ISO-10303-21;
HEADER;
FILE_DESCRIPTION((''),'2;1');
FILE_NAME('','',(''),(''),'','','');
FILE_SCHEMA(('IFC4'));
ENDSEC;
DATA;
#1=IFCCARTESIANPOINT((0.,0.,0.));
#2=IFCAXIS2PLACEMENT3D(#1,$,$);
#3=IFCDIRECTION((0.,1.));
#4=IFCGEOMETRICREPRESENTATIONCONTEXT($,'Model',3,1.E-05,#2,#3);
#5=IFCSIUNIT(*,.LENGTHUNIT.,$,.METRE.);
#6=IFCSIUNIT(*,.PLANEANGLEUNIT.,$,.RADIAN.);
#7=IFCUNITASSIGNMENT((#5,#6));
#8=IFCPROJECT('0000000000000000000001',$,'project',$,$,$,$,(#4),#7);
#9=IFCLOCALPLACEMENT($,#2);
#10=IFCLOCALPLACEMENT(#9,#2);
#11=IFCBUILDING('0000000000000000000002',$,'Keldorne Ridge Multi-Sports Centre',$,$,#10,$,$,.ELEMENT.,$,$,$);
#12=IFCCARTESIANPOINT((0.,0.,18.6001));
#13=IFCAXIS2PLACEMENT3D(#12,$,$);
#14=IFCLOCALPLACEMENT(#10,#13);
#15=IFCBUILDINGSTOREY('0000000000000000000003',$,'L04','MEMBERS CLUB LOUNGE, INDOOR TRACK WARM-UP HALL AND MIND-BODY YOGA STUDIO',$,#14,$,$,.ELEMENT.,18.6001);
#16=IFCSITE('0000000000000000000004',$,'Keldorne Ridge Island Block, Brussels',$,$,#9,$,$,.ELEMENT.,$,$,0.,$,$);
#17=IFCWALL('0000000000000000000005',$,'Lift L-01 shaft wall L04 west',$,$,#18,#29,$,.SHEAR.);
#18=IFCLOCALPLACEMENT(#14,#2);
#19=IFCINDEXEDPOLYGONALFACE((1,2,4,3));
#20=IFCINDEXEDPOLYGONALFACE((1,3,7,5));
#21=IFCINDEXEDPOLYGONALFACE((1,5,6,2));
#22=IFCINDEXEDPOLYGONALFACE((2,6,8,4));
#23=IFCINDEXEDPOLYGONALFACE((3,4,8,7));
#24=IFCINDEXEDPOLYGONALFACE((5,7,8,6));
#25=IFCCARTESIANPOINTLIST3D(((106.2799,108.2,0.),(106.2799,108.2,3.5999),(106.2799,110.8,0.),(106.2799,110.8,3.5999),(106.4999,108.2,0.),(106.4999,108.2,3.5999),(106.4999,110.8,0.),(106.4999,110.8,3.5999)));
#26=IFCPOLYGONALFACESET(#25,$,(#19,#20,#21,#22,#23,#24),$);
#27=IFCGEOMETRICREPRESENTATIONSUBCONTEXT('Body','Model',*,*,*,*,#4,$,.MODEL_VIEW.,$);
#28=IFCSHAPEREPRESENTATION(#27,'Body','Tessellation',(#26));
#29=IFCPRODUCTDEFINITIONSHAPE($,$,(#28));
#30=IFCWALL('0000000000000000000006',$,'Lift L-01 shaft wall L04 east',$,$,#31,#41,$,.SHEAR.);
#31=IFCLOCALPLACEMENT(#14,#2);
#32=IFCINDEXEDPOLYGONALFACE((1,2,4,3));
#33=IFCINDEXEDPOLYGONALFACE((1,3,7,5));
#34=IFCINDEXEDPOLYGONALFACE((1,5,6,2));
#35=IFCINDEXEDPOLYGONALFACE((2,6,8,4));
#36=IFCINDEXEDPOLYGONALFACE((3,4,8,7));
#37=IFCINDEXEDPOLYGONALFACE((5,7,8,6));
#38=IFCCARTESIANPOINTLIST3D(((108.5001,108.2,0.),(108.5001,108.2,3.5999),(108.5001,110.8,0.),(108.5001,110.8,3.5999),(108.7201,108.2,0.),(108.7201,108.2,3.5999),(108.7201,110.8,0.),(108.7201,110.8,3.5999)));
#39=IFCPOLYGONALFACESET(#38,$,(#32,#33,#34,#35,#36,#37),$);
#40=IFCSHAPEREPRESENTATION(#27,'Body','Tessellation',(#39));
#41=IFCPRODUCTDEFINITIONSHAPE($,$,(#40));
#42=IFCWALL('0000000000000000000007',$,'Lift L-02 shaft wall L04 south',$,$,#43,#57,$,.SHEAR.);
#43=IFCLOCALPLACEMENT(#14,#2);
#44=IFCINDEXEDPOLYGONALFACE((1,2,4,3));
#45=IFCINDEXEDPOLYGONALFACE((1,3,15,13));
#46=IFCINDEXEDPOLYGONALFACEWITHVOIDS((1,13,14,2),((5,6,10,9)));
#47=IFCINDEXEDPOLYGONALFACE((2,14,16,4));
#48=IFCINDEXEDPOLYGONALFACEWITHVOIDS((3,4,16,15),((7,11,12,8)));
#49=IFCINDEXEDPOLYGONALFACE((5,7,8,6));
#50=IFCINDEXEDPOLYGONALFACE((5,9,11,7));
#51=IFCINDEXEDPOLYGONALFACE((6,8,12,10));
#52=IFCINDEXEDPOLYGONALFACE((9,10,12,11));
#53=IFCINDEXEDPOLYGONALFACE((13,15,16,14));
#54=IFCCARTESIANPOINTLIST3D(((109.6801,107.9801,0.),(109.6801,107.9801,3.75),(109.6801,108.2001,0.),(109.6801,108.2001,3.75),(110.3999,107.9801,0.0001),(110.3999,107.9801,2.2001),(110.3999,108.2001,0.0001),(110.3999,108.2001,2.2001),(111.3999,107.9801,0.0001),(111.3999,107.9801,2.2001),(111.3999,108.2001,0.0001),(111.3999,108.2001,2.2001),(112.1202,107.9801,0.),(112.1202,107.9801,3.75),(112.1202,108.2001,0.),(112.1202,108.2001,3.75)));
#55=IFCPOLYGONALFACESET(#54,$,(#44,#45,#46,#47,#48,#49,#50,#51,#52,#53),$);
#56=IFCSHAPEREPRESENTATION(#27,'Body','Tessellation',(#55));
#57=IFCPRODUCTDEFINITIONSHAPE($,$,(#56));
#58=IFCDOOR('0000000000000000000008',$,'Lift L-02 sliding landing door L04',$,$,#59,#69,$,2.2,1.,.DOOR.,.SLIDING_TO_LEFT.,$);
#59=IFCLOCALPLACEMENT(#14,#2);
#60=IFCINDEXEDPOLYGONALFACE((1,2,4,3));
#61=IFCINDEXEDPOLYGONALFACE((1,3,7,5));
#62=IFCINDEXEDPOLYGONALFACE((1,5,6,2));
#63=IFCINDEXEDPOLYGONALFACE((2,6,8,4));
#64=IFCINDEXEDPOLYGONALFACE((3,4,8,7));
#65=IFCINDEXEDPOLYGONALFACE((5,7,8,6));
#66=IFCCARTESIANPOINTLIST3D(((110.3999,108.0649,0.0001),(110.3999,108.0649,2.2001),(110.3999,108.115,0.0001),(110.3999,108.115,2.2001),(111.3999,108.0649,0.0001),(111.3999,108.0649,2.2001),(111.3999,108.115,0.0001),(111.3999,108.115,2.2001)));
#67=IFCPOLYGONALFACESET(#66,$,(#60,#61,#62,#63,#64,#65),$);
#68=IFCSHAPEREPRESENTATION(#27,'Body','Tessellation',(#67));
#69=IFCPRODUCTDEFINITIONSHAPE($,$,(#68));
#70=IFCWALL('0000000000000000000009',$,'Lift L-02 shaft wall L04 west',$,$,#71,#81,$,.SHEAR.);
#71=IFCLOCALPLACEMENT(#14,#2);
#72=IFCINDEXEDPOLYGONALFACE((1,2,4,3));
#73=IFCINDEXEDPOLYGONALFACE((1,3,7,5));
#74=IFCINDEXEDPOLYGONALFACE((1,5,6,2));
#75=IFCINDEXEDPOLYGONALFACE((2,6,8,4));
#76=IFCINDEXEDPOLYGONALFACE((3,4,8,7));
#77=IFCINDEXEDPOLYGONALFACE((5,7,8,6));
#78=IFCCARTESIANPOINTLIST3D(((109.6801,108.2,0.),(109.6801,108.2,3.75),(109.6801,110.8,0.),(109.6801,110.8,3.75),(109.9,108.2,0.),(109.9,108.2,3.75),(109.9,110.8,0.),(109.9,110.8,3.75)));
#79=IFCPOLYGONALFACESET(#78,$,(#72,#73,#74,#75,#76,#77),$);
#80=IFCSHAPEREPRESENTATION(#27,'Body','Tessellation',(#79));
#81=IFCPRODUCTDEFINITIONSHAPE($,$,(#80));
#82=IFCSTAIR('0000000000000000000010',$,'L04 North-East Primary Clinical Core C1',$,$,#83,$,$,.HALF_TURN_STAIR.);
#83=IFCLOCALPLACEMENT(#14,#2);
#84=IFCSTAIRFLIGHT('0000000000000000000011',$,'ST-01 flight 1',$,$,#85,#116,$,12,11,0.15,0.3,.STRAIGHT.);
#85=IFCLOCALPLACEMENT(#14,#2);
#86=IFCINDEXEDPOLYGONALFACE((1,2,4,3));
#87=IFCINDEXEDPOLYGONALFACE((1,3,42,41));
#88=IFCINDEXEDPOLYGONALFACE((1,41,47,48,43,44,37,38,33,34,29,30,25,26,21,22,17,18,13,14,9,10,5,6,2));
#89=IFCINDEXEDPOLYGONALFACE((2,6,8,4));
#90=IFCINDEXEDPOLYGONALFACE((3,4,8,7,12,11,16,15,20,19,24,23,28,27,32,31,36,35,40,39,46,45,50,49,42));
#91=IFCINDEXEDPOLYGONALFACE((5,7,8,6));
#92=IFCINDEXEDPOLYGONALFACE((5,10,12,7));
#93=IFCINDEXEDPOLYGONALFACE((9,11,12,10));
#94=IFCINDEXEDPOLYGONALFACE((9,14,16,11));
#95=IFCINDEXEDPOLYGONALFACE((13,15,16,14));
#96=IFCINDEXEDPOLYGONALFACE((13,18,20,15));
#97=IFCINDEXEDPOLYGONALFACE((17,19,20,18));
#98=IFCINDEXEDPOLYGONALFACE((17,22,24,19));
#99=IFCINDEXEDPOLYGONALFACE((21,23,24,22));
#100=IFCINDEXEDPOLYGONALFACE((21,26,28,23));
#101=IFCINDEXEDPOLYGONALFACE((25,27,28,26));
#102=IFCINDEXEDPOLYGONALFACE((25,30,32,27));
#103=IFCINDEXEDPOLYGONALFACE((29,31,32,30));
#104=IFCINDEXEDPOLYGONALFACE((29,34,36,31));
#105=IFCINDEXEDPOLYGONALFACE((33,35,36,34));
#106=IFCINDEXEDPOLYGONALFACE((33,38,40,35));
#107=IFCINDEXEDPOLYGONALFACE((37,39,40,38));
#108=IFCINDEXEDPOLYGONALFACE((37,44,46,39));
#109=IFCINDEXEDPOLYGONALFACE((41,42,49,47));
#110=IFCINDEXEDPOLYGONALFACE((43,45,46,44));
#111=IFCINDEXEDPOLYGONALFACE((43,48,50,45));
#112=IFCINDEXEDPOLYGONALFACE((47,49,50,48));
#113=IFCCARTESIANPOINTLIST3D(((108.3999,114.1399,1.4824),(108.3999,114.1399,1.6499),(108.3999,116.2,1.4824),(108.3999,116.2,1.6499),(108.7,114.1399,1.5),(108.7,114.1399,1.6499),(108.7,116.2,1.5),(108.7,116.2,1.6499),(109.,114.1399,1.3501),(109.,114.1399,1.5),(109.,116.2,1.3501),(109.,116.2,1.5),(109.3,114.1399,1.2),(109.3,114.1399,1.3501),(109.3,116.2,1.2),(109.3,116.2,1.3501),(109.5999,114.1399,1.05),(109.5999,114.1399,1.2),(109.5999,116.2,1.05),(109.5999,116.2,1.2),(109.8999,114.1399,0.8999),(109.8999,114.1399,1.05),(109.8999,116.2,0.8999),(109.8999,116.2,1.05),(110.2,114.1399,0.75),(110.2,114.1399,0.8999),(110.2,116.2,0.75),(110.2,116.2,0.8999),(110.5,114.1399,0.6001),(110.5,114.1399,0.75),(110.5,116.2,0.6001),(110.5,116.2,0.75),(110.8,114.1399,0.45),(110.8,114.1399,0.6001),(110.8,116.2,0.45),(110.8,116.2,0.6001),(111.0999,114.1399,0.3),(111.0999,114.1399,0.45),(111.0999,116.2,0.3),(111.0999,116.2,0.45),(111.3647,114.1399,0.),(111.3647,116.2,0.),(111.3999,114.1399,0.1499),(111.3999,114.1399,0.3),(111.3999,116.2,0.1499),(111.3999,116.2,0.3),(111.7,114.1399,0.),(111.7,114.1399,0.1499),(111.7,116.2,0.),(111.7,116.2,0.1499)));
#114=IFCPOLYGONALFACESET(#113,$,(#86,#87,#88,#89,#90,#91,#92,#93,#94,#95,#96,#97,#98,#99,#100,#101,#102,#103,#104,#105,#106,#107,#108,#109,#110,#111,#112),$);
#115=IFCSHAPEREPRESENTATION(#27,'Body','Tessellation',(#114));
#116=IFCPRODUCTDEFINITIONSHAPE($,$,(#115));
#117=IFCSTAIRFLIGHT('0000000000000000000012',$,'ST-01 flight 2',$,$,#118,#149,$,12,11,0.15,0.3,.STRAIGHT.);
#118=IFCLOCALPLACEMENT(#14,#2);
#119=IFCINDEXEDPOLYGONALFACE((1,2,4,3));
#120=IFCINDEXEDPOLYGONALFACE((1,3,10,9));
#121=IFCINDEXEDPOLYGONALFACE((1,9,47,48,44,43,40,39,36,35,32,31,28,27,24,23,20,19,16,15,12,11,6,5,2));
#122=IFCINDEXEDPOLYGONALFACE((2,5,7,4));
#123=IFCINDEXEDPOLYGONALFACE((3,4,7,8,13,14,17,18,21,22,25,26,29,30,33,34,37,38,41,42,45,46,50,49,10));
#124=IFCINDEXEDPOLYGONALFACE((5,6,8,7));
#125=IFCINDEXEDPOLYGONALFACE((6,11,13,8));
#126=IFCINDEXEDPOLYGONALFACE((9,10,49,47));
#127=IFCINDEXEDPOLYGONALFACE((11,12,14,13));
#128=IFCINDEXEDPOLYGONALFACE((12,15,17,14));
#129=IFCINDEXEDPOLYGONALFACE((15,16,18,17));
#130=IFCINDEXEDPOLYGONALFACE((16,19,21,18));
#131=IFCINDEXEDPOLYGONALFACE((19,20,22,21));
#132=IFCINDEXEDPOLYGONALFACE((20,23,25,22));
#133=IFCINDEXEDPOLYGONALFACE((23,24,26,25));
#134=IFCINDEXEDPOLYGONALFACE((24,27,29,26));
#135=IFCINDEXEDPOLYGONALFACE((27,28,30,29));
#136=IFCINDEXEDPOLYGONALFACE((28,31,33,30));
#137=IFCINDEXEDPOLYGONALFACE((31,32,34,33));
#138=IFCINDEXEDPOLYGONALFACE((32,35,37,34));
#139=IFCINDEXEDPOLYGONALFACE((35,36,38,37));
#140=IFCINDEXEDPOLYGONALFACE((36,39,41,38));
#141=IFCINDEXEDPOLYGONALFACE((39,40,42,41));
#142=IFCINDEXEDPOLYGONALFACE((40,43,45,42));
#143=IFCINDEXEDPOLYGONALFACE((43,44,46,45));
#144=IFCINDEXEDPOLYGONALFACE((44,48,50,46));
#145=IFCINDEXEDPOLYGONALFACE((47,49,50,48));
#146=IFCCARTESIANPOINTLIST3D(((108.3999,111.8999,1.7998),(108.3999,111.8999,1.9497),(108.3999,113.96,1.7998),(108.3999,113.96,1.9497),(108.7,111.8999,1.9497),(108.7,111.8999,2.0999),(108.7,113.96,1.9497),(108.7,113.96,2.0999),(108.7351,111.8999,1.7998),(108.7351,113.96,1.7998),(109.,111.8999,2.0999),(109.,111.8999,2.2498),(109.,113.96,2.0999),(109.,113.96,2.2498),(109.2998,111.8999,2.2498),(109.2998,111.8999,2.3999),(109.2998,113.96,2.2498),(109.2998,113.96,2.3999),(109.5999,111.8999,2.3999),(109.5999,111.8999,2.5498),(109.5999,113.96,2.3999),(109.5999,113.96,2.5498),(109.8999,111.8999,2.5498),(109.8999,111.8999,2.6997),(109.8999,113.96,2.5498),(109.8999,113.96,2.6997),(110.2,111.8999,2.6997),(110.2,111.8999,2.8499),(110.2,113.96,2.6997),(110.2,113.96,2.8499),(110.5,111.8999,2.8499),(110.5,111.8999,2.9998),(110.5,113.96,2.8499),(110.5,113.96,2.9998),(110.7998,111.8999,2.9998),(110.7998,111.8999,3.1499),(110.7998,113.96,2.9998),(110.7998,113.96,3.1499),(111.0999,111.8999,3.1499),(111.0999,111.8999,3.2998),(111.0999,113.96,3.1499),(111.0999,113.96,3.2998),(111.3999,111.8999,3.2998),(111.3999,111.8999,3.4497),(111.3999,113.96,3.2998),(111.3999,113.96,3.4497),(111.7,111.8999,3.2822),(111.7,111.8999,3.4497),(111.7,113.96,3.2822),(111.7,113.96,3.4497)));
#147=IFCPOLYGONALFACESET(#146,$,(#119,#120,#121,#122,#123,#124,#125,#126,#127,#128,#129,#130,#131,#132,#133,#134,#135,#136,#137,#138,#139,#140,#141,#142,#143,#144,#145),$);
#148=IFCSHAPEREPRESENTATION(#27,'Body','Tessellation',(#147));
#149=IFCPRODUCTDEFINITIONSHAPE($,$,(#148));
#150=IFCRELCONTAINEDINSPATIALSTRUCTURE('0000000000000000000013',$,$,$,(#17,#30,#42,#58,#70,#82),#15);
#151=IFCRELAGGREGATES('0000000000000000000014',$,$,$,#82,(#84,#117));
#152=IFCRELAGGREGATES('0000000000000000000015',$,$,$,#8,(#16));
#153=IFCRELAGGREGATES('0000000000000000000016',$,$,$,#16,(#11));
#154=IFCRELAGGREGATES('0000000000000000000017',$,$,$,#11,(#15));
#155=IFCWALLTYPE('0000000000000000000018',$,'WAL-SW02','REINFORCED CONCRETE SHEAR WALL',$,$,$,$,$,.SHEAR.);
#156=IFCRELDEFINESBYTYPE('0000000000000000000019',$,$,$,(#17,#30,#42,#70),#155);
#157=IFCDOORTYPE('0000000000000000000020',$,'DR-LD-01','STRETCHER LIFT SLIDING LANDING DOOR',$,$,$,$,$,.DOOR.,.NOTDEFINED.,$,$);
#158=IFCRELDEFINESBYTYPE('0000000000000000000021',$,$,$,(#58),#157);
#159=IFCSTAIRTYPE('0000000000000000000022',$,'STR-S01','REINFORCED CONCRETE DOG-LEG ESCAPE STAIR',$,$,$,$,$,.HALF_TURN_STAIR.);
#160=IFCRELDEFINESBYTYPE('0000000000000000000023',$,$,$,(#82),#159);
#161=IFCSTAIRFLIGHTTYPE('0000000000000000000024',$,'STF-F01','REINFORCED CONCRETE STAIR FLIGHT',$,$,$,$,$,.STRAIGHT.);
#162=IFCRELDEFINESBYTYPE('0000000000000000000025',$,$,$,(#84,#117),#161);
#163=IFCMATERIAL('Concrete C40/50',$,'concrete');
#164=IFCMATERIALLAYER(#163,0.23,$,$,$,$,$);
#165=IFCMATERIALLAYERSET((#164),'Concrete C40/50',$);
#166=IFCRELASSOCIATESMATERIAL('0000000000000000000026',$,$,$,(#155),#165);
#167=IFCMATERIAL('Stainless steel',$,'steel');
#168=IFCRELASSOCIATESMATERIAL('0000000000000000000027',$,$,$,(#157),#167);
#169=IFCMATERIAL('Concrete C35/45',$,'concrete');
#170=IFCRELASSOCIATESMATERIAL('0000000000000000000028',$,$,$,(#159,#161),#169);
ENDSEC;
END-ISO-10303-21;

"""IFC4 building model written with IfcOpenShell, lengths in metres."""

from ifc_helpers import new_model, si_unit, direction, frame, frame_2d, origin, place, context, subcontext, project, spatial, polyline, rectangle, outline, extrude, material, layer, layer_set, type_object, element, fill, aggregate, save


model = new_model("IFC4")

# Units and contexts
model_context = context("Model", 3, precision=1e-05, world=origin(), true_north=direction((0.0, 1.0)))
body_context = subcontext(model_context, "Body", "Model", "MODEL_VIEW")
ifc_project = project(units=[si_unit("LENGTHUNIT", "METRE"), si_unit("PLANEANGLEUNIT", "RADIAN")], contexts=[model_context])

# Site, building, storey
site_placement = place(None, origin())
site = spatial("IfcSite", under=ifc_project, at=site_placement, Name="Keldorne Ridge Island Block, Brussels", CompositionType="ELEMENT", RefElevation=0.0)
building_placement = place(site_placement, origin())
building = spatial("IfcBuilding", under=site, at=building_placement, Name="Keldorne Ridge Multi-Sports Centre", CompositionType="ELEMENT")
storey_placement = place(building_placement, frame((0.0, 0.0, 18.6001)))
storey = spatial("IfcBuildingStorey", under=building, at=storey_placement, Name="L04", Description="MEMBERS CLUB LOUNGE, INDOOR TRACK WARM-UP HALL AND MIND-BODY YOGA STUDIO", CompositionType="ELEMENT", Elevation=18.6001)

# Shared definitions
ifc_material_1 = material(Name="Concrete C40/50", Category="concrete")

# Shared definitions
ifc_layer_1 = layer(ifc_material_1, 0.23)
ifc_layer_set_1 = layer_set([ifc_layer_1], Name="Concrete C40/50")
wall_type_1 = type_object("IfcWallType", Name="WAL-SW02", Description="REINFORCED CONCRETE SHEAR WALL", PredefinedType="SHEAR", material=ifc_layer_set_1)
ifc_material_2 = material(Name="Stainless steel", Category="steel")
door_type = type_object("IfcDoorType", Name="DR-LD-01", Description="STRETCHER LIFT SLIDING LANDING DOOR", OperationType="NOTDEFINED", PredefinedType="DOOR", material=ifc_material_2)

# Walls
for number, where, z_axis, x_axis, name in (
    (1, (106.3899, 110.8, 0.0), (0.0, 0.0, 1.0), (0.0, -1.0, 0.0), "Lift L-01 shaft wall L04 west"),
    (2, (108.6101, 108.2, 0.0), (0.0, 0.0, 1.0), (0.0, 1.0, 0.0), "Lift L-01 shaft wall L04 east"),
):
    element("IfcWall", number, at=place(storey_placement, frame(where, z_axis=z_axis, x_axis=x_axis)), inside=storey, type_object=wall_type_1, Name=name, PredefinedType="SHEAR", context=body_context, shape_type="SweptSolid", body=[
        extrude(rectangle(XDim=2.6001, YDim=0.22, at=frame_2d((1.3, 0.0))), origin(), (0.0, 0.0, 1.0), 3.5999),
    ])

# Wall, opening, door
wall_1_placement = place(storey_placement, frame((109.6799, 108.0901, 0.0), z_axis=(0.0, 0.0, 1.0), x_axis=(1.0, 0.0, 0.0)))
wall_1 = element("IfcWall", 3, at=wall_1_placement, inside=storey, type_object=wall_type_1, Name="Lift L-02 shaft wall L04 south", PredefinedType="SHEAR", context=body_context, shape_type="SweptSolid", body=[
    extrude(rectangle(XDim=2.4402, YDim=0.22, at=frame_2d((1.2202, 0.0))), origin(), (0.0, 0.0, 1.0), 3.75),
])
opening_1_placement = place(wall_1_placement, frame((0.72, 0.0, 0.0)))
opening_1 = element("IfcOpeningElement", 4, at=opening_1_placement, cuts=wall_1, PredefinedType="OPENING", context=body_context, shape_type="SweptSolid", body=[
    extrude(rectangle(XDim=1.0, YDim=2.2, at=frame_2d((0.5, 1.1001))), frame((0.0, 0.1201, 0.0), z_axis=(0.0, -1.0, 0.0), x_axis=(1.0, 0.0, 0.0)), (0.0, 0.0, 1.0), 0.24),
])
door_1_placement = place(opening_1_placement, origin())
door_1 = element("IfcDoor", 5, at=door_1_placement, inside=storey, type_object=door_type, Name="Lift L-02 sliding landing door L04", OperationType="SLIDING_TO_LEFT", OverallHeight=2.2, OverallWidth=1.0, PredefinedType="DOOR", context=body_context, shape_type="SweptSolid", body=[
    extrude(rectangle(XDim=1.0, YDim=2.2, at=frame_2d((0.5, 1.1001))), frame((0.0, 0.0249, 0.0), z_axis=(0.0, -1.0, 0.0), x_axis=(1.0, 0.0, 0.0)), (0.0, 0.0, 1.0), 0.05),
])
fill(opening_1, door_1)

# Wall
wall_2_placement = place(storey_placement, frame((109.79, 110.8, 0.0), z_axis=(0.0, 0.0, 1.0), x_axis=(0.0, -1.0, 0.0)))
element("IfcWall", 6, at=wall_2_placement, inside=storey, type_object=wall_type_1, Name="Lift L-02 shaft wall L04 west", PredefinedType="SHEAR", context=body_context, shape_type="SweptSolid", body=[
    extrude(rectangle(XDim=2.6001, YDim=0.22, at=frame_2d((1.3, 0.0))), origin(), (0.0, 0.0, 1.0), 3.75),
])

# Stair, stair flights
ifc_material_3 = material(Name="Concrete C35/45", Category="concrete")
stair_type = type_object("IfcStairType", Name="STR-S01", Description="REINFORCED CONCRETE DOG-LEG ESCAPE STAIR", PredefinedType="HALF_TURN_STAIR", material=ifc_material_3)
stair_placement = place(storey_placement, origin())
stair = element("IfcStair", 7, at=stair_placement, inside=storey, type_object=stair_type, Name="L04 North-East Primary Clinical Core C1", PredefinedType="HALF_TURN_STAIR")
stair_flight_type = type_object("IfcStairFlightType", Name="STF-F01", Description="REINFORCED CONCRETE STAIR FLIGHT", PredefinedType="STRAIGHT", material=ifc_material_3)
stair_flight_1_placement = place(storey_placement, frame((111.7, 115.1699, 0.0), z_axis=(0.0, 0.0, 1.0), x_axis=(-1.0, 0.0, 0.0)))
stair_flight_1 = element("IfcStairFlight", 8, at=stair_flight_1_placement, type_object=stair_flight_type, Name="ST-01 flight 1", NumberOfRisers=12, NumberOfTreads=11, PredefinedType="STRAIGHT", RiserHeight=0.15, TreadLength=0.3, context=body_context, shape_type="SweptSolid", body=[
    extrude(outline(polyline([(0.0, 0.0), (0.0, 0.1499), (0.3, 0.1499), (0.3, 0.3), (0.6001, 0.3), (0.6001, 0.45), (0.8999, 0.45), (0.8999, 0.6001), (1.2, 0.6001), (1.2, 0.75), (1.5, 0.75), (1.5, 0.8999), (1.8, 0.8999), (1.8, 1.05), (2.1001, 1.05), (2.1001, 1.2), (2.3999, 1.2), (2.3999, 1.3501), (2.7, 1.3501), (2.7, 1.5), (3.0, 1.5), (3.0, 1.6499), (3.3, 1.6499), (3.3, 1.8), (3.3, 1.4824), (0.3352, 0.0), (0.0, 0.0)])), frame((0.0, 1.03, 0.0), z_axis=(0.0, -1.0, 0.0), x_axis=(1.0, 0.0, 0.0)), (0.0, 0.0, 1.0), 2.0601),
])
stair_flight_2_placement = place(storey_placement, frame((108.3999, 112.9299, 1.7998), z_axis=(0.0, 0.0, 1.0), x_axis=(1.0, 0.0, 0.0)))
stair_flight_2 = element("IfcStairFlight", 9, at=stair_flight_2_placement, type_object=stair_flight_type, Name="ST-01 flight 2", NumberOfRisers=12, NumberOfTreads=11, PredefinedType="STRAIGHT", RiserHeight=0.15, TreadLength=0.3, context=body_context, shape_type="SweptSolid", body=[
    extrude(outline(polyline([(0.0, 0.0), (0.0, 0.1499), (0.3, 0.1499), (0.3, 0.3), (0.6001, 0.3), (0.6001, 0.45), (0.8999, 0.45), (0.8999, 0.6001), (1.2, 0.6001), (1.2, 0.75), (1.5, 0.75), (1.5, 0.8999), (1.8, 0.8999), (1.8, 1.05), (2.1001, 1.05), (2.1001, 1.2), (2.3999, 1.2), (2.3999, 1.3501), (2.7, 1.3501), (2.7, 1.5), (3.0, 1.5), (3.0, 1.6499), (3.3, 1.6499), (3.3, 1.8), (3.3, 1.4824), (0.3352, 0.0), (0.0, 0.0)])), frame((0.0, 1.03, 0.0), z_axis=(0.0, -1.0, 0.0), x_axis=(1.0, 0.0, 0.0)), (0.0, 0.0, 1.0), 2.0601),
])
aggregate(stair, [stair_flight_1, stair_flight_2])

save(model, "model.ifc")
